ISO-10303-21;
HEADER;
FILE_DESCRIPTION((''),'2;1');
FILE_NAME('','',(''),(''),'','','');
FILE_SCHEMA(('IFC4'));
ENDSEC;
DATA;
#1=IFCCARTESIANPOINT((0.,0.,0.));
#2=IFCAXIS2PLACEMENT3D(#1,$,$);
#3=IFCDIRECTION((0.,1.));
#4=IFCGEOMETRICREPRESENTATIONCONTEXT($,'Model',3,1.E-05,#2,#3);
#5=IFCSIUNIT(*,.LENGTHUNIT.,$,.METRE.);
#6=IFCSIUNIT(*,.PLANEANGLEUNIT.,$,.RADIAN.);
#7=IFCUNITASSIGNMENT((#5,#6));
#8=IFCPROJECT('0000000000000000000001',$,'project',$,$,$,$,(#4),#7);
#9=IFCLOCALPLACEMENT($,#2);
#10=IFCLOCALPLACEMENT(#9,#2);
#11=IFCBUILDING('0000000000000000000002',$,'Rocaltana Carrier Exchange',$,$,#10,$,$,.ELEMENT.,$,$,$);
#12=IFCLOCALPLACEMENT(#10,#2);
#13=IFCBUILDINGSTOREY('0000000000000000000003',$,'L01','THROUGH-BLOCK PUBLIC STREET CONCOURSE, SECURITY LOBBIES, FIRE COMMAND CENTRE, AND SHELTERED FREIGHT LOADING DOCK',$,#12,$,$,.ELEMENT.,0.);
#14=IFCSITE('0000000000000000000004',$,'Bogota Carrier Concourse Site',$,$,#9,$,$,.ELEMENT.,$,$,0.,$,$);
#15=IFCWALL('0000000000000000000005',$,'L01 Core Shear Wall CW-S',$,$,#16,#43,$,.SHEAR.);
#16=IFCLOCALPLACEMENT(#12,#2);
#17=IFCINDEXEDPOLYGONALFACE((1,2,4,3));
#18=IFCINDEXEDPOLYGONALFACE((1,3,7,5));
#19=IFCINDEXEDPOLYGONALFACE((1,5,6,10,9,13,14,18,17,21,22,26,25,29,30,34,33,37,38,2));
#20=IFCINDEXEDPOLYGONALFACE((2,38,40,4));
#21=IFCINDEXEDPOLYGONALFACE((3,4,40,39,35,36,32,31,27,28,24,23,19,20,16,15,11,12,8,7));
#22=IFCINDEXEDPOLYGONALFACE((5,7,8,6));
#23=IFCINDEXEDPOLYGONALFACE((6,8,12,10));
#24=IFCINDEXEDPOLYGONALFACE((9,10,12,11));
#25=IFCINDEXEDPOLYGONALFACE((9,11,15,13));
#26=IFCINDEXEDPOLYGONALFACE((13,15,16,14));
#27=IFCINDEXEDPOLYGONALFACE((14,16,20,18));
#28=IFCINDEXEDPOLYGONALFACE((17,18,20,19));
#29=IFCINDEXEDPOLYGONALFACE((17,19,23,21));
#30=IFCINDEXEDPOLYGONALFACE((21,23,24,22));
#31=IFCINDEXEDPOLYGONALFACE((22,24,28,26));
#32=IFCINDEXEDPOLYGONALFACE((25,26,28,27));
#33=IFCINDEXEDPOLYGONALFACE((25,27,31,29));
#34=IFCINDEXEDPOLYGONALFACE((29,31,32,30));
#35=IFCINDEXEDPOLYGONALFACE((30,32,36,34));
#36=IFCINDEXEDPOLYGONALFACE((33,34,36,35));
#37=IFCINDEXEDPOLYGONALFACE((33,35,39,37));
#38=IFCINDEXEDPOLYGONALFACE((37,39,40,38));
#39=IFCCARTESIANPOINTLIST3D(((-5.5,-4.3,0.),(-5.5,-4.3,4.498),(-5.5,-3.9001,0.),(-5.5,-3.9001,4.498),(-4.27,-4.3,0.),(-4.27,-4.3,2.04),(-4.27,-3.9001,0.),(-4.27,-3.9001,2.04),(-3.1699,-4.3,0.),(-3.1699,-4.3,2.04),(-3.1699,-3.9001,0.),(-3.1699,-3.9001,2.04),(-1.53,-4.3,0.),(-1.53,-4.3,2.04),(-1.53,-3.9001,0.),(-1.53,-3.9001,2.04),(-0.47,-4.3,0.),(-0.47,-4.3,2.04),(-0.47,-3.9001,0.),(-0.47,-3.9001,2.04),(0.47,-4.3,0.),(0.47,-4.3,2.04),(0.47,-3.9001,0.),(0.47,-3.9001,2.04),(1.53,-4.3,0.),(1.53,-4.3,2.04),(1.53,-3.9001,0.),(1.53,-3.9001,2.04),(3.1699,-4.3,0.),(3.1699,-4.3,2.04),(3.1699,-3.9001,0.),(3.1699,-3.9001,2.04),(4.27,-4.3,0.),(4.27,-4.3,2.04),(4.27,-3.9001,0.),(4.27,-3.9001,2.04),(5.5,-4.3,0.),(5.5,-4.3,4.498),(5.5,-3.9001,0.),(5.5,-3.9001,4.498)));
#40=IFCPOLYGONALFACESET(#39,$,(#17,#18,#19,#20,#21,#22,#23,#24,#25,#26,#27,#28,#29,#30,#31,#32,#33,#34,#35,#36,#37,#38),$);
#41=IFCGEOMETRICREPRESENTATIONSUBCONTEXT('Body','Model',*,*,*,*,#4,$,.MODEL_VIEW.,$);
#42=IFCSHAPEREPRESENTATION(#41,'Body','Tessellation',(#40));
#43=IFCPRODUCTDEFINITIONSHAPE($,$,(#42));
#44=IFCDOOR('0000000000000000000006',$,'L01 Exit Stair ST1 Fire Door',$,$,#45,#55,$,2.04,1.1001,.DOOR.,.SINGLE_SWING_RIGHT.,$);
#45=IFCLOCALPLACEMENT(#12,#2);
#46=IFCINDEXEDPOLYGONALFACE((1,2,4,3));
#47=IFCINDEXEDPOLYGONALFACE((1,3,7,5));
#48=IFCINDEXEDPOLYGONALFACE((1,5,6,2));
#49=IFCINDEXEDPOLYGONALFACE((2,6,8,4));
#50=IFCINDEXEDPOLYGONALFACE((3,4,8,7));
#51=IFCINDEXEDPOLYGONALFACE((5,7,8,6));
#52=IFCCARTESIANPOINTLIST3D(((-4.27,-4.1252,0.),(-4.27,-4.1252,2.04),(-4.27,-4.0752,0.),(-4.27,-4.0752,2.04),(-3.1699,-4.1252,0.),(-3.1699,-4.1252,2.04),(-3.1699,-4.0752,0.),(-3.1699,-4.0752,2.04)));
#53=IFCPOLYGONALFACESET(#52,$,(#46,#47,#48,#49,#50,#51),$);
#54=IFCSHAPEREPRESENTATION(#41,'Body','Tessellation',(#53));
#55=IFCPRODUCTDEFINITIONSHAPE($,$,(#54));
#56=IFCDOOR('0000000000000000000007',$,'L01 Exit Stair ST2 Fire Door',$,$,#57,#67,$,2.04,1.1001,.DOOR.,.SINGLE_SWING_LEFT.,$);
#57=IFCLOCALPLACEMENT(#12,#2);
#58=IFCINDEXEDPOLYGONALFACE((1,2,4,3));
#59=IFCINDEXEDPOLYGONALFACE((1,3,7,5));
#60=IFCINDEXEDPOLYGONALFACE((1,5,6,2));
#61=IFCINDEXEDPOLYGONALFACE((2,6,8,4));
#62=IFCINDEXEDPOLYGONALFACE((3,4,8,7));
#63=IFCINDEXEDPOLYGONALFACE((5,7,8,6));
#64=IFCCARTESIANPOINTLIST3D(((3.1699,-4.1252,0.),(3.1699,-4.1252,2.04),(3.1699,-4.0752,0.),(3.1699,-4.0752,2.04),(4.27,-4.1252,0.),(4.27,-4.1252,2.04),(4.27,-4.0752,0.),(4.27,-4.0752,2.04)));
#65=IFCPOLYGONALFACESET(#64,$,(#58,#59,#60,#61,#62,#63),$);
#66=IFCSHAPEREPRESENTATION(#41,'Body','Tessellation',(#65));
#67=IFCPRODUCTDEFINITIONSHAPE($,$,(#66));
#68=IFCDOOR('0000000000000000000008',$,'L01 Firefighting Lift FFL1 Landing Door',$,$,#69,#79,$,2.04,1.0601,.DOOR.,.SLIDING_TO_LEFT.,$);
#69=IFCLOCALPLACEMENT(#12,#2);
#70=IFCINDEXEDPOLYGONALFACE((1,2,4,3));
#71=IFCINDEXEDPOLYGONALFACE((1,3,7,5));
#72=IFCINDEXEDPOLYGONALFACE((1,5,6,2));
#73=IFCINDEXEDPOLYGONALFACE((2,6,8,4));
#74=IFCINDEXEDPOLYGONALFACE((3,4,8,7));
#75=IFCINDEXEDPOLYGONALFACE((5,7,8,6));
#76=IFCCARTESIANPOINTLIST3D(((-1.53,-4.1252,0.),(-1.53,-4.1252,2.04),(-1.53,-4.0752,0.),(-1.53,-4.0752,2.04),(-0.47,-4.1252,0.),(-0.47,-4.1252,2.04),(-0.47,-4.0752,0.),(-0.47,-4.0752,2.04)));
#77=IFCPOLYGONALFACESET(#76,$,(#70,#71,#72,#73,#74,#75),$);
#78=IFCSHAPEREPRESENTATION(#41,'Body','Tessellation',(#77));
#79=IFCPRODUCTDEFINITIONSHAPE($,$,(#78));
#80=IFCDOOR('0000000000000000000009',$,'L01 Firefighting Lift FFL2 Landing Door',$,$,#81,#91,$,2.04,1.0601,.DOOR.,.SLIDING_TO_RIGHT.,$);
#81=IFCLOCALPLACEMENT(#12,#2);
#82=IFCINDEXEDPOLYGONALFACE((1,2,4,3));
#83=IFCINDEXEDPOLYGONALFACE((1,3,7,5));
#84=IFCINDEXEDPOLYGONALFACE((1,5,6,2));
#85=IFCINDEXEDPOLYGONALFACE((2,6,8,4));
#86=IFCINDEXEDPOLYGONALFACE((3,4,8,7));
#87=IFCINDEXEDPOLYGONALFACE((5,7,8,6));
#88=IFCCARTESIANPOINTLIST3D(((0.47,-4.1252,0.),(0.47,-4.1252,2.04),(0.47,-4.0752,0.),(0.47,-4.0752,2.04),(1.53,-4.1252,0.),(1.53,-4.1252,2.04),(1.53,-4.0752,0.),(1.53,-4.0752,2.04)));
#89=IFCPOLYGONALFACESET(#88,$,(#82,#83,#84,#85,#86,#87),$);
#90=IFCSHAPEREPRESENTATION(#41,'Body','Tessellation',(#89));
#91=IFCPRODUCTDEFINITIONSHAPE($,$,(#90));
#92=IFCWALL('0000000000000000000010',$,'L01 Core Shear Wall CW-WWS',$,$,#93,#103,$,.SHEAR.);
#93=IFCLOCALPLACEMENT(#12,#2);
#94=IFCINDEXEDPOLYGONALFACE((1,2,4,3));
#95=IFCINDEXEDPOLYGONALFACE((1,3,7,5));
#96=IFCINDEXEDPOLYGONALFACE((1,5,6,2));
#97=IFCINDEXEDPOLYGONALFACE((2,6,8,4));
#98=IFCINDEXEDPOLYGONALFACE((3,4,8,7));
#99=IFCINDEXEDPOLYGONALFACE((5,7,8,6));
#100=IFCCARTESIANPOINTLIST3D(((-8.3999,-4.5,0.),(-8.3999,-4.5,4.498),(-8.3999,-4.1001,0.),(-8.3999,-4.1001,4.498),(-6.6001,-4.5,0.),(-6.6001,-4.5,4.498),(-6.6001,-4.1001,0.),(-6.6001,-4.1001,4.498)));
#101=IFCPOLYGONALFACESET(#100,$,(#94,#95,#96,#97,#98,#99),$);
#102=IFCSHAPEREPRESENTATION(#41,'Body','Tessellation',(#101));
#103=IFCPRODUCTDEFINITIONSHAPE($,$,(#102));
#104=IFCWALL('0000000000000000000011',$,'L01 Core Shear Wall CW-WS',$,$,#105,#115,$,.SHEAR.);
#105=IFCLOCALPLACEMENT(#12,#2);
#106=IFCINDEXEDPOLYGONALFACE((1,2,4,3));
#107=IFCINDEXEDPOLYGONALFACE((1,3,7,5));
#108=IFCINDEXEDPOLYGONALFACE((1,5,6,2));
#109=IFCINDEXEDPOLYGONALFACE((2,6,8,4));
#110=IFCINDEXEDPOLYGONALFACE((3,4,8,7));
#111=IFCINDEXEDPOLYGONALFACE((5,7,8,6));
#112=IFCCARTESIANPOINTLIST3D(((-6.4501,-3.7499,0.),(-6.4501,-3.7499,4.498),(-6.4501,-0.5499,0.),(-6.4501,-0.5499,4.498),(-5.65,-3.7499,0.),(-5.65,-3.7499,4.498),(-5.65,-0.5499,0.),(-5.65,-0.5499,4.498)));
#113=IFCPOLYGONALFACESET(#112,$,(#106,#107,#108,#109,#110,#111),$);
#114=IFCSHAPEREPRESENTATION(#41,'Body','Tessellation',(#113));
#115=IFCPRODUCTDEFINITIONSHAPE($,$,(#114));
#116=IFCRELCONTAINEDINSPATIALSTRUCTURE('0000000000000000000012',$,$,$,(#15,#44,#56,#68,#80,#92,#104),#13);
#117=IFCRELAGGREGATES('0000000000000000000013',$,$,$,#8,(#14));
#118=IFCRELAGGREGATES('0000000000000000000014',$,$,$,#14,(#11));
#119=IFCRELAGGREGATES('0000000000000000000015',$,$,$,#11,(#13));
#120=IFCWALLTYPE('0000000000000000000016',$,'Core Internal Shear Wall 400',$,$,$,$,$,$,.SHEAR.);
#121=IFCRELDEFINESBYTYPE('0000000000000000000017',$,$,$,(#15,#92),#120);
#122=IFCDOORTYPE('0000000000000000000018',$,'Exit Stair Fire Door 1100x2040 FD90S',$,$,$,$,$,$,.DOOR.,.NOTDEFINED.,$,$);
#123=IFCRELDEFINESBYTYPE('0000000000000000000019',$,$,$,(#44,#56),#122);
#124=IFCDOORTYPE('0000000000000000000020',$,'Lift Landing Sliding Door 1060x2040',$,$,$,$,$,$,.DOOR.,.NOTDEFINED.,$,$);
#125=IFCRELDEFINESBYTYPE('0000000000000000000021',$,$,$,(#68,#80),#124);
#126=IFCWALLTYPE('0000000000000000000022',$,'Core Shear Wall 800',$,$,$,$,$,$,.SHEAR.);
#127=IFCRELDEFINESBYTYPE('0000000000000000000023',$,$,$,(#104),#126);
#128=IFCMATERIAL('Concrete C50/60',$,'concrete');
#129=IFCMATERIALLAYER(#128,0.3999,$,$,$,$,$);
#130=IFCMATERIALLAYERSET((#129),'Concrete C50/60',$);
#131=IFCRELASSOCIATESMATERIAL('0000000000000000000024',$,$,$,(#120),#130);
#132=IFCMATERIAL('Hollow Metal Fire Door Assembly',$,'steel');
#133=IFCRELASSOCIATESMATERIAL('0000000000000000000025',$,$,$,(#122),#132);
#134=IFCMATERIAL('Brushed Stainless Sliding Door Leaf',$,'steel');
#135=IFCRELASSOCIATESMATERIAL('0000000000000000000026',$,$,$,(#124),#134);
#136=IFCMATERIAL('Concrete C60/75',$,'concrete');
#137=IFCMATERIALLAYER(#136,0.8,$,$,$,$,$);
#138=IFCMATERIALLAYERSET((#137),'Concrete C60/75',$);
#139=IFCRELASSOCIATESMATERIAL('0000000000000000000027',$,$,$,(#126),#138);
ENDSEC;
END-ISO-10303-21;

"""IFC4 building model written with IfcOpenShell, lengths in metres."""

from ifc_helpers import new_model, si_unit, direction, frame, frame_2d, origin, place, context, subcontext, project, spatial, rectangle, extrude, material, layer, layer_set, type_object, element, fill, save


model = new_model("IFC4")

# Units and contexts
model_context = context("Model", 3, precision=1e-05, world=origin(), true_north=direction((0.0, 1.0)))
body_context = subcontext(model_context, "Body", "Model", "MODEL_VIEW")
ifc_project = project(units=[si_unit("LENGTHUNIT", "METRE"), si_unit("PLANEANGLEUNIT", "RADIAN")], contexts=[model_context])

# Site, building, storey
site_placement = place(None, origin())
site = spatial("IfcSite", under=ifc_project, at=site_placement, Name="Bogota Carrier Concourse Site", CompositionType="ELEMENT", RefElevation=0.0)
building_placement = place(site_placement, origin())
building = spatial("IfcBuilding", under=site, at=building_placement, Name="Rocaltana Carrier Exchange", CompositionType="ELEMENT")
storey_placement = place(building_placement, origin())
storey = spatial("IfcBuildingStorey", under=building, at=storey_placement, Name="L01", Description="THROUGH-BLOCK PUBLIC STREET CONCOURSE, SECURITY LOBBIES, FIRE COMMAND CENTRE, AND SHELTERED FREIGHT LOADING DOCK", CompositionType="ELEMENT", Elevation=0.0)

# Wall, openings, doors
ifc_material_1 = material(Name="Concrete C50/60", Category="concrete")
ifc_layer_1 = layer(ifc_material_1, 0.3999)
ifc_layer_set_1 = layer_set([ifc_layer_1], Name="Concrete C50/60")
wall_type_1 = type_object("IfcWallType", Name="Core Internal Shear Wall 400", PredefinedType="SHEAR", material=ifc_layer_set_1)
wall_1_placement = place(storey_placement, frame((-5.5, -4.1001, 0.0), z_axis=(0.0, 0.0, 1.0), x_axis=(1.0, 0.0, 0.0)))
wall_1 = element("IfcWall", 1, at=wall_1_placement, inside=storey, type_object=wall_type_1, Name="L01 Core Shear Wall CW-S", PredefinedType="SHEAR", context=body_context, shape_type="SweptSolid", body=[
    extrude(rectangle(XDim=11.0, YDim=0.3999, at=frame_2d((5.5, 0.0))), origin(), (0.0, 0.0, 1.0), 4.498),
])
opening_1_placement = place(wall_1_placement, frame((1.23, 0.0, 0.0)))
opening_1 = element("IfcOpeningElement", 2, at=opening_1_placement, cuts=wall_1, PredefinedType="OPENING", context=body_context, shape_type="SweptSolid", body=[
    extrude(rectangle(XDim=1.1001, YDim=2.04, at=frame_2d((0.55, 1.02))), frame((0.0, 0.21, 0.0), z_axis=(0.0, -1.0, 0.0), x_axis=(1.0, 0.0, 0.0)), (0.0, 0.0, 1.0), 0.4199),
])
opening_2_placement = place(wall_1_placement, frame((8.6699, 0.0, 0.0)))
opening_2 = element("IfcOpeningElement", 3, at=opening_2_placement, cuts=wall_1, PredefinedType="OPENING", context=body_context, shape_type="SweptSolid", body=[
    extrude(rectangle(XDim=1.1001, YDim=2.04, at=frame_2d((0.55, 1.02))), frame((0.0, 0.21, 0.0), z_axis=(0.0, -1.0, 0.0), x_axis=(1.0, 0.0, 0.0)), (0.0, 0.0, 1.0), 0.4199),
])
opening_3_placement = place(wall_1_placement, frame((3.97, 0.0, 0.0)))
opening_3 = element("IfcOpeningElement", 4, at=opening_3_placement, cuts=wall_1, PredefinedType="OPENING", context=body_context, shape_type="SweptSolid", body=[
    extrude(rectangle(XDim=1.0601, YDim=2.04, at=frame_2d((0.53, 1.02))), frame((0.0, 0.21, 0.0), z_axis=(0.0, -1.0, 0.0), x_axis=(1.0, 0.0, 0.0)), (0.0, 0.0, 1.0), 0.4199),
])
opening_4_placement = place(wall_1_placement, frame((5.97, 0.0, 0.0)))
opening_4 = element("IfcOpeningElement", 5, at=opening_4_placement, cuts=wall_1, PredefinedType="OPENING", context=body_context, shape_type="SweptSolid", body=[
    extrude(rectangle(XDim=1.0601, YDim=2.04, at=frame_2d((0.53, 1.02))), frame((0.0, 0.21, 0.0), z_axis=(0.0, -1.0, 0.0), x_axis=(1.0, 0.0, 0.0)), (0.0, 0.0, 1.0), 0.4199),
])
ifc_material_2 = material(Name="Hollow Metal Fire Door Assembly", Category="steel")
door_type_1 = type_object("IfcDoorType", Name="Exit Stair Fire Door 1100x2040 FD90S", OperationType="NOTDEFINED", PredefinedType="DOOR", material=ifc_material_2)
door_1_placement = place(opening_1_placement, origin())
door_1 = element("IfcDoor", 6, at=door_1_placement, inside=storey, type_object=door_type_1, Name="L01 Exit Stair ST1 Fire Door", OperationType="SINGLE_SWING_RIGHT", OverallHeight=2.04, OverallWidth=1.1001, PredefinedType="DOOR", context=body_context, shape_type="SweptSolid", body=[
    extrude(rectangle(XDim=1.1001, YDim=2.04, at=frame_2d((0.55, 1.02))), frame((0.0, 0.0249, 0.0), z_axis=(0.0, -1.0, 0.0), x_axis=(1.0, 0.0, 0.0)), (0.0, 0.0, 1.0), 0.05),
])
fill(opening_1, door_1)
door_2_placement = place(opening_2_placement, origin())
door_2 = element("IfcDoor", 7, at=door_2_placement, inside=storey, type_object=door_type_1, Name="L01 Exit Stair ST2 Fire Door", OperationType="SINGLE_SWING_LEFT", OverallHeight=2.04, OverallWidth=1.1001, PredefinedType="DOOR", context=body_context, shape_type="SweptSolid", body=[
    extrude(rectangle(XDim=1.1001, YDim=2.04, at=frame_2d((0.55, 1.02))), frame((0.0, 0.0249, 0.0), z_axis=(0.0, -1.0, 0.0), x_axis=(1.0, 0.0, 0.0)), (0.0, 0.0, 1.0), 0.05),
])
fill(opening_2, door_2)
ifc_material_3 = material(Name="Brushed Stainless Sliding Door Leaf", Category="steel")
door_type_2 = type_object("IfcDoorType", Name="Lift Landing Sliding Door 1060x2040", OperationType="NOTDEFINED", PredefinedType="DOOR", material=ifc_material_3)
door_3_placement = place(opening_3_placement, origin())
door_3 = element("IfcDoor", 8, at=door_3_placement, inside=storey, type_object=door_type_2, Name="L01 Firefighting Lift FFL1 Landing Door", OperationType="SLIDING_TO_LEFT", OverallHeight=2.04, OverallWidth=1.0601, PredefinedType="DOOR", context=body_context, shape_type="SweptSolid", body=[
    extrude(rectangle(XDim=1.0601, YDim=2.04, at=frame_2d((0.53, 1.02))), frame((0.0, 0.0249, 0.0), z_axis=(0.0, -1.0, 0.0), x_axis=(1.0, 0.0, 0.0)), (0.0, 0.0, 1.0), 0.05),
])
fill(opening_3, door_3)
door_4_placement = place(opening_4_placement, origin())
door_4 = element("IfcDoor", 9, at=door_4_placement, inside=storey, type_object=door_type_2, Name="L01 Firefighting Lift FFL2 Landing Door", OperationType="SLIDING_TO_RIGHT", OverallHeight=2.04, OverallWidth=1.0601, PredefinedType="DOOR", context=body_context, shape_type="SweptSolid", body=[
    extrude(rectangle(XDim=1.0601, YDim=2.04, at=frame_2d((0.53, 1.02))), frame((0.0, 0.0249, 0.0), z_axis=(0.0, -1.0, 0.0), x_axis=(1.0, 0.0, 0.0)), (0.0, 0.0, 1.0), 0.05),
])
fill(opening_4, door_4)

# Walls
wall_2_placement = place(storey_placement, frame((-8.3999, -4.3, 0.0), z_axis=(0.0, 0.0, 1.0), x_axis=(1.0, 0.0, 0.0)))
element("IfcWall", 10, at=wall_2_placement, inside=storey, type_object=wall_type_1, Name="L01 Core Shear Wall CW-WWS", PredefinedType="SHEAR", context=body_context, shape_type="SweptSolid", body=[
    extrude(rectangle(XDim=1.7998, YDim=0.3999, at=frame_2d((0.8999, 0.0))), origin(), (0.0, 0.0, 1.0), 4.498),
])
ifc_material_4 = material(Name="Concrete C60/75", Category="concrete")
ifc_layer_2 = layer(ifc_material_4, 0.8)
ifc_layer_set_2 = layer_set([ifc_layer_2], Name="Concrete C60/75")
wall_type_2 = type_object("IfcWallType", Name="Core Shear Wall 800", PredefinedType="SHEAR", material=ifc_layer_set_2)
wall_3_placement = place(storey_placement, frame((-6.05, -3.75, 0.0), z_axis=(0.0, 0.0, 1.0), x_axis=(0.0, 1.0, 0.0)))
element("IfcWall", 11, at=wall_3_placement, inside=storey, type_object=wall_type_2, Name="L01 Core Shear Wall CW-WS", PredefinedType="SHEAR", context=body_context, shape_type="SweptSolid", body=[
    extrude(rectangle(XDim=3.2, YDim=0.8, at=frame_2d((1.6001, 0.0))), origin(), (0.0, 0.0, 1.0), 4.498),
])

save(model, "model.ifc")
